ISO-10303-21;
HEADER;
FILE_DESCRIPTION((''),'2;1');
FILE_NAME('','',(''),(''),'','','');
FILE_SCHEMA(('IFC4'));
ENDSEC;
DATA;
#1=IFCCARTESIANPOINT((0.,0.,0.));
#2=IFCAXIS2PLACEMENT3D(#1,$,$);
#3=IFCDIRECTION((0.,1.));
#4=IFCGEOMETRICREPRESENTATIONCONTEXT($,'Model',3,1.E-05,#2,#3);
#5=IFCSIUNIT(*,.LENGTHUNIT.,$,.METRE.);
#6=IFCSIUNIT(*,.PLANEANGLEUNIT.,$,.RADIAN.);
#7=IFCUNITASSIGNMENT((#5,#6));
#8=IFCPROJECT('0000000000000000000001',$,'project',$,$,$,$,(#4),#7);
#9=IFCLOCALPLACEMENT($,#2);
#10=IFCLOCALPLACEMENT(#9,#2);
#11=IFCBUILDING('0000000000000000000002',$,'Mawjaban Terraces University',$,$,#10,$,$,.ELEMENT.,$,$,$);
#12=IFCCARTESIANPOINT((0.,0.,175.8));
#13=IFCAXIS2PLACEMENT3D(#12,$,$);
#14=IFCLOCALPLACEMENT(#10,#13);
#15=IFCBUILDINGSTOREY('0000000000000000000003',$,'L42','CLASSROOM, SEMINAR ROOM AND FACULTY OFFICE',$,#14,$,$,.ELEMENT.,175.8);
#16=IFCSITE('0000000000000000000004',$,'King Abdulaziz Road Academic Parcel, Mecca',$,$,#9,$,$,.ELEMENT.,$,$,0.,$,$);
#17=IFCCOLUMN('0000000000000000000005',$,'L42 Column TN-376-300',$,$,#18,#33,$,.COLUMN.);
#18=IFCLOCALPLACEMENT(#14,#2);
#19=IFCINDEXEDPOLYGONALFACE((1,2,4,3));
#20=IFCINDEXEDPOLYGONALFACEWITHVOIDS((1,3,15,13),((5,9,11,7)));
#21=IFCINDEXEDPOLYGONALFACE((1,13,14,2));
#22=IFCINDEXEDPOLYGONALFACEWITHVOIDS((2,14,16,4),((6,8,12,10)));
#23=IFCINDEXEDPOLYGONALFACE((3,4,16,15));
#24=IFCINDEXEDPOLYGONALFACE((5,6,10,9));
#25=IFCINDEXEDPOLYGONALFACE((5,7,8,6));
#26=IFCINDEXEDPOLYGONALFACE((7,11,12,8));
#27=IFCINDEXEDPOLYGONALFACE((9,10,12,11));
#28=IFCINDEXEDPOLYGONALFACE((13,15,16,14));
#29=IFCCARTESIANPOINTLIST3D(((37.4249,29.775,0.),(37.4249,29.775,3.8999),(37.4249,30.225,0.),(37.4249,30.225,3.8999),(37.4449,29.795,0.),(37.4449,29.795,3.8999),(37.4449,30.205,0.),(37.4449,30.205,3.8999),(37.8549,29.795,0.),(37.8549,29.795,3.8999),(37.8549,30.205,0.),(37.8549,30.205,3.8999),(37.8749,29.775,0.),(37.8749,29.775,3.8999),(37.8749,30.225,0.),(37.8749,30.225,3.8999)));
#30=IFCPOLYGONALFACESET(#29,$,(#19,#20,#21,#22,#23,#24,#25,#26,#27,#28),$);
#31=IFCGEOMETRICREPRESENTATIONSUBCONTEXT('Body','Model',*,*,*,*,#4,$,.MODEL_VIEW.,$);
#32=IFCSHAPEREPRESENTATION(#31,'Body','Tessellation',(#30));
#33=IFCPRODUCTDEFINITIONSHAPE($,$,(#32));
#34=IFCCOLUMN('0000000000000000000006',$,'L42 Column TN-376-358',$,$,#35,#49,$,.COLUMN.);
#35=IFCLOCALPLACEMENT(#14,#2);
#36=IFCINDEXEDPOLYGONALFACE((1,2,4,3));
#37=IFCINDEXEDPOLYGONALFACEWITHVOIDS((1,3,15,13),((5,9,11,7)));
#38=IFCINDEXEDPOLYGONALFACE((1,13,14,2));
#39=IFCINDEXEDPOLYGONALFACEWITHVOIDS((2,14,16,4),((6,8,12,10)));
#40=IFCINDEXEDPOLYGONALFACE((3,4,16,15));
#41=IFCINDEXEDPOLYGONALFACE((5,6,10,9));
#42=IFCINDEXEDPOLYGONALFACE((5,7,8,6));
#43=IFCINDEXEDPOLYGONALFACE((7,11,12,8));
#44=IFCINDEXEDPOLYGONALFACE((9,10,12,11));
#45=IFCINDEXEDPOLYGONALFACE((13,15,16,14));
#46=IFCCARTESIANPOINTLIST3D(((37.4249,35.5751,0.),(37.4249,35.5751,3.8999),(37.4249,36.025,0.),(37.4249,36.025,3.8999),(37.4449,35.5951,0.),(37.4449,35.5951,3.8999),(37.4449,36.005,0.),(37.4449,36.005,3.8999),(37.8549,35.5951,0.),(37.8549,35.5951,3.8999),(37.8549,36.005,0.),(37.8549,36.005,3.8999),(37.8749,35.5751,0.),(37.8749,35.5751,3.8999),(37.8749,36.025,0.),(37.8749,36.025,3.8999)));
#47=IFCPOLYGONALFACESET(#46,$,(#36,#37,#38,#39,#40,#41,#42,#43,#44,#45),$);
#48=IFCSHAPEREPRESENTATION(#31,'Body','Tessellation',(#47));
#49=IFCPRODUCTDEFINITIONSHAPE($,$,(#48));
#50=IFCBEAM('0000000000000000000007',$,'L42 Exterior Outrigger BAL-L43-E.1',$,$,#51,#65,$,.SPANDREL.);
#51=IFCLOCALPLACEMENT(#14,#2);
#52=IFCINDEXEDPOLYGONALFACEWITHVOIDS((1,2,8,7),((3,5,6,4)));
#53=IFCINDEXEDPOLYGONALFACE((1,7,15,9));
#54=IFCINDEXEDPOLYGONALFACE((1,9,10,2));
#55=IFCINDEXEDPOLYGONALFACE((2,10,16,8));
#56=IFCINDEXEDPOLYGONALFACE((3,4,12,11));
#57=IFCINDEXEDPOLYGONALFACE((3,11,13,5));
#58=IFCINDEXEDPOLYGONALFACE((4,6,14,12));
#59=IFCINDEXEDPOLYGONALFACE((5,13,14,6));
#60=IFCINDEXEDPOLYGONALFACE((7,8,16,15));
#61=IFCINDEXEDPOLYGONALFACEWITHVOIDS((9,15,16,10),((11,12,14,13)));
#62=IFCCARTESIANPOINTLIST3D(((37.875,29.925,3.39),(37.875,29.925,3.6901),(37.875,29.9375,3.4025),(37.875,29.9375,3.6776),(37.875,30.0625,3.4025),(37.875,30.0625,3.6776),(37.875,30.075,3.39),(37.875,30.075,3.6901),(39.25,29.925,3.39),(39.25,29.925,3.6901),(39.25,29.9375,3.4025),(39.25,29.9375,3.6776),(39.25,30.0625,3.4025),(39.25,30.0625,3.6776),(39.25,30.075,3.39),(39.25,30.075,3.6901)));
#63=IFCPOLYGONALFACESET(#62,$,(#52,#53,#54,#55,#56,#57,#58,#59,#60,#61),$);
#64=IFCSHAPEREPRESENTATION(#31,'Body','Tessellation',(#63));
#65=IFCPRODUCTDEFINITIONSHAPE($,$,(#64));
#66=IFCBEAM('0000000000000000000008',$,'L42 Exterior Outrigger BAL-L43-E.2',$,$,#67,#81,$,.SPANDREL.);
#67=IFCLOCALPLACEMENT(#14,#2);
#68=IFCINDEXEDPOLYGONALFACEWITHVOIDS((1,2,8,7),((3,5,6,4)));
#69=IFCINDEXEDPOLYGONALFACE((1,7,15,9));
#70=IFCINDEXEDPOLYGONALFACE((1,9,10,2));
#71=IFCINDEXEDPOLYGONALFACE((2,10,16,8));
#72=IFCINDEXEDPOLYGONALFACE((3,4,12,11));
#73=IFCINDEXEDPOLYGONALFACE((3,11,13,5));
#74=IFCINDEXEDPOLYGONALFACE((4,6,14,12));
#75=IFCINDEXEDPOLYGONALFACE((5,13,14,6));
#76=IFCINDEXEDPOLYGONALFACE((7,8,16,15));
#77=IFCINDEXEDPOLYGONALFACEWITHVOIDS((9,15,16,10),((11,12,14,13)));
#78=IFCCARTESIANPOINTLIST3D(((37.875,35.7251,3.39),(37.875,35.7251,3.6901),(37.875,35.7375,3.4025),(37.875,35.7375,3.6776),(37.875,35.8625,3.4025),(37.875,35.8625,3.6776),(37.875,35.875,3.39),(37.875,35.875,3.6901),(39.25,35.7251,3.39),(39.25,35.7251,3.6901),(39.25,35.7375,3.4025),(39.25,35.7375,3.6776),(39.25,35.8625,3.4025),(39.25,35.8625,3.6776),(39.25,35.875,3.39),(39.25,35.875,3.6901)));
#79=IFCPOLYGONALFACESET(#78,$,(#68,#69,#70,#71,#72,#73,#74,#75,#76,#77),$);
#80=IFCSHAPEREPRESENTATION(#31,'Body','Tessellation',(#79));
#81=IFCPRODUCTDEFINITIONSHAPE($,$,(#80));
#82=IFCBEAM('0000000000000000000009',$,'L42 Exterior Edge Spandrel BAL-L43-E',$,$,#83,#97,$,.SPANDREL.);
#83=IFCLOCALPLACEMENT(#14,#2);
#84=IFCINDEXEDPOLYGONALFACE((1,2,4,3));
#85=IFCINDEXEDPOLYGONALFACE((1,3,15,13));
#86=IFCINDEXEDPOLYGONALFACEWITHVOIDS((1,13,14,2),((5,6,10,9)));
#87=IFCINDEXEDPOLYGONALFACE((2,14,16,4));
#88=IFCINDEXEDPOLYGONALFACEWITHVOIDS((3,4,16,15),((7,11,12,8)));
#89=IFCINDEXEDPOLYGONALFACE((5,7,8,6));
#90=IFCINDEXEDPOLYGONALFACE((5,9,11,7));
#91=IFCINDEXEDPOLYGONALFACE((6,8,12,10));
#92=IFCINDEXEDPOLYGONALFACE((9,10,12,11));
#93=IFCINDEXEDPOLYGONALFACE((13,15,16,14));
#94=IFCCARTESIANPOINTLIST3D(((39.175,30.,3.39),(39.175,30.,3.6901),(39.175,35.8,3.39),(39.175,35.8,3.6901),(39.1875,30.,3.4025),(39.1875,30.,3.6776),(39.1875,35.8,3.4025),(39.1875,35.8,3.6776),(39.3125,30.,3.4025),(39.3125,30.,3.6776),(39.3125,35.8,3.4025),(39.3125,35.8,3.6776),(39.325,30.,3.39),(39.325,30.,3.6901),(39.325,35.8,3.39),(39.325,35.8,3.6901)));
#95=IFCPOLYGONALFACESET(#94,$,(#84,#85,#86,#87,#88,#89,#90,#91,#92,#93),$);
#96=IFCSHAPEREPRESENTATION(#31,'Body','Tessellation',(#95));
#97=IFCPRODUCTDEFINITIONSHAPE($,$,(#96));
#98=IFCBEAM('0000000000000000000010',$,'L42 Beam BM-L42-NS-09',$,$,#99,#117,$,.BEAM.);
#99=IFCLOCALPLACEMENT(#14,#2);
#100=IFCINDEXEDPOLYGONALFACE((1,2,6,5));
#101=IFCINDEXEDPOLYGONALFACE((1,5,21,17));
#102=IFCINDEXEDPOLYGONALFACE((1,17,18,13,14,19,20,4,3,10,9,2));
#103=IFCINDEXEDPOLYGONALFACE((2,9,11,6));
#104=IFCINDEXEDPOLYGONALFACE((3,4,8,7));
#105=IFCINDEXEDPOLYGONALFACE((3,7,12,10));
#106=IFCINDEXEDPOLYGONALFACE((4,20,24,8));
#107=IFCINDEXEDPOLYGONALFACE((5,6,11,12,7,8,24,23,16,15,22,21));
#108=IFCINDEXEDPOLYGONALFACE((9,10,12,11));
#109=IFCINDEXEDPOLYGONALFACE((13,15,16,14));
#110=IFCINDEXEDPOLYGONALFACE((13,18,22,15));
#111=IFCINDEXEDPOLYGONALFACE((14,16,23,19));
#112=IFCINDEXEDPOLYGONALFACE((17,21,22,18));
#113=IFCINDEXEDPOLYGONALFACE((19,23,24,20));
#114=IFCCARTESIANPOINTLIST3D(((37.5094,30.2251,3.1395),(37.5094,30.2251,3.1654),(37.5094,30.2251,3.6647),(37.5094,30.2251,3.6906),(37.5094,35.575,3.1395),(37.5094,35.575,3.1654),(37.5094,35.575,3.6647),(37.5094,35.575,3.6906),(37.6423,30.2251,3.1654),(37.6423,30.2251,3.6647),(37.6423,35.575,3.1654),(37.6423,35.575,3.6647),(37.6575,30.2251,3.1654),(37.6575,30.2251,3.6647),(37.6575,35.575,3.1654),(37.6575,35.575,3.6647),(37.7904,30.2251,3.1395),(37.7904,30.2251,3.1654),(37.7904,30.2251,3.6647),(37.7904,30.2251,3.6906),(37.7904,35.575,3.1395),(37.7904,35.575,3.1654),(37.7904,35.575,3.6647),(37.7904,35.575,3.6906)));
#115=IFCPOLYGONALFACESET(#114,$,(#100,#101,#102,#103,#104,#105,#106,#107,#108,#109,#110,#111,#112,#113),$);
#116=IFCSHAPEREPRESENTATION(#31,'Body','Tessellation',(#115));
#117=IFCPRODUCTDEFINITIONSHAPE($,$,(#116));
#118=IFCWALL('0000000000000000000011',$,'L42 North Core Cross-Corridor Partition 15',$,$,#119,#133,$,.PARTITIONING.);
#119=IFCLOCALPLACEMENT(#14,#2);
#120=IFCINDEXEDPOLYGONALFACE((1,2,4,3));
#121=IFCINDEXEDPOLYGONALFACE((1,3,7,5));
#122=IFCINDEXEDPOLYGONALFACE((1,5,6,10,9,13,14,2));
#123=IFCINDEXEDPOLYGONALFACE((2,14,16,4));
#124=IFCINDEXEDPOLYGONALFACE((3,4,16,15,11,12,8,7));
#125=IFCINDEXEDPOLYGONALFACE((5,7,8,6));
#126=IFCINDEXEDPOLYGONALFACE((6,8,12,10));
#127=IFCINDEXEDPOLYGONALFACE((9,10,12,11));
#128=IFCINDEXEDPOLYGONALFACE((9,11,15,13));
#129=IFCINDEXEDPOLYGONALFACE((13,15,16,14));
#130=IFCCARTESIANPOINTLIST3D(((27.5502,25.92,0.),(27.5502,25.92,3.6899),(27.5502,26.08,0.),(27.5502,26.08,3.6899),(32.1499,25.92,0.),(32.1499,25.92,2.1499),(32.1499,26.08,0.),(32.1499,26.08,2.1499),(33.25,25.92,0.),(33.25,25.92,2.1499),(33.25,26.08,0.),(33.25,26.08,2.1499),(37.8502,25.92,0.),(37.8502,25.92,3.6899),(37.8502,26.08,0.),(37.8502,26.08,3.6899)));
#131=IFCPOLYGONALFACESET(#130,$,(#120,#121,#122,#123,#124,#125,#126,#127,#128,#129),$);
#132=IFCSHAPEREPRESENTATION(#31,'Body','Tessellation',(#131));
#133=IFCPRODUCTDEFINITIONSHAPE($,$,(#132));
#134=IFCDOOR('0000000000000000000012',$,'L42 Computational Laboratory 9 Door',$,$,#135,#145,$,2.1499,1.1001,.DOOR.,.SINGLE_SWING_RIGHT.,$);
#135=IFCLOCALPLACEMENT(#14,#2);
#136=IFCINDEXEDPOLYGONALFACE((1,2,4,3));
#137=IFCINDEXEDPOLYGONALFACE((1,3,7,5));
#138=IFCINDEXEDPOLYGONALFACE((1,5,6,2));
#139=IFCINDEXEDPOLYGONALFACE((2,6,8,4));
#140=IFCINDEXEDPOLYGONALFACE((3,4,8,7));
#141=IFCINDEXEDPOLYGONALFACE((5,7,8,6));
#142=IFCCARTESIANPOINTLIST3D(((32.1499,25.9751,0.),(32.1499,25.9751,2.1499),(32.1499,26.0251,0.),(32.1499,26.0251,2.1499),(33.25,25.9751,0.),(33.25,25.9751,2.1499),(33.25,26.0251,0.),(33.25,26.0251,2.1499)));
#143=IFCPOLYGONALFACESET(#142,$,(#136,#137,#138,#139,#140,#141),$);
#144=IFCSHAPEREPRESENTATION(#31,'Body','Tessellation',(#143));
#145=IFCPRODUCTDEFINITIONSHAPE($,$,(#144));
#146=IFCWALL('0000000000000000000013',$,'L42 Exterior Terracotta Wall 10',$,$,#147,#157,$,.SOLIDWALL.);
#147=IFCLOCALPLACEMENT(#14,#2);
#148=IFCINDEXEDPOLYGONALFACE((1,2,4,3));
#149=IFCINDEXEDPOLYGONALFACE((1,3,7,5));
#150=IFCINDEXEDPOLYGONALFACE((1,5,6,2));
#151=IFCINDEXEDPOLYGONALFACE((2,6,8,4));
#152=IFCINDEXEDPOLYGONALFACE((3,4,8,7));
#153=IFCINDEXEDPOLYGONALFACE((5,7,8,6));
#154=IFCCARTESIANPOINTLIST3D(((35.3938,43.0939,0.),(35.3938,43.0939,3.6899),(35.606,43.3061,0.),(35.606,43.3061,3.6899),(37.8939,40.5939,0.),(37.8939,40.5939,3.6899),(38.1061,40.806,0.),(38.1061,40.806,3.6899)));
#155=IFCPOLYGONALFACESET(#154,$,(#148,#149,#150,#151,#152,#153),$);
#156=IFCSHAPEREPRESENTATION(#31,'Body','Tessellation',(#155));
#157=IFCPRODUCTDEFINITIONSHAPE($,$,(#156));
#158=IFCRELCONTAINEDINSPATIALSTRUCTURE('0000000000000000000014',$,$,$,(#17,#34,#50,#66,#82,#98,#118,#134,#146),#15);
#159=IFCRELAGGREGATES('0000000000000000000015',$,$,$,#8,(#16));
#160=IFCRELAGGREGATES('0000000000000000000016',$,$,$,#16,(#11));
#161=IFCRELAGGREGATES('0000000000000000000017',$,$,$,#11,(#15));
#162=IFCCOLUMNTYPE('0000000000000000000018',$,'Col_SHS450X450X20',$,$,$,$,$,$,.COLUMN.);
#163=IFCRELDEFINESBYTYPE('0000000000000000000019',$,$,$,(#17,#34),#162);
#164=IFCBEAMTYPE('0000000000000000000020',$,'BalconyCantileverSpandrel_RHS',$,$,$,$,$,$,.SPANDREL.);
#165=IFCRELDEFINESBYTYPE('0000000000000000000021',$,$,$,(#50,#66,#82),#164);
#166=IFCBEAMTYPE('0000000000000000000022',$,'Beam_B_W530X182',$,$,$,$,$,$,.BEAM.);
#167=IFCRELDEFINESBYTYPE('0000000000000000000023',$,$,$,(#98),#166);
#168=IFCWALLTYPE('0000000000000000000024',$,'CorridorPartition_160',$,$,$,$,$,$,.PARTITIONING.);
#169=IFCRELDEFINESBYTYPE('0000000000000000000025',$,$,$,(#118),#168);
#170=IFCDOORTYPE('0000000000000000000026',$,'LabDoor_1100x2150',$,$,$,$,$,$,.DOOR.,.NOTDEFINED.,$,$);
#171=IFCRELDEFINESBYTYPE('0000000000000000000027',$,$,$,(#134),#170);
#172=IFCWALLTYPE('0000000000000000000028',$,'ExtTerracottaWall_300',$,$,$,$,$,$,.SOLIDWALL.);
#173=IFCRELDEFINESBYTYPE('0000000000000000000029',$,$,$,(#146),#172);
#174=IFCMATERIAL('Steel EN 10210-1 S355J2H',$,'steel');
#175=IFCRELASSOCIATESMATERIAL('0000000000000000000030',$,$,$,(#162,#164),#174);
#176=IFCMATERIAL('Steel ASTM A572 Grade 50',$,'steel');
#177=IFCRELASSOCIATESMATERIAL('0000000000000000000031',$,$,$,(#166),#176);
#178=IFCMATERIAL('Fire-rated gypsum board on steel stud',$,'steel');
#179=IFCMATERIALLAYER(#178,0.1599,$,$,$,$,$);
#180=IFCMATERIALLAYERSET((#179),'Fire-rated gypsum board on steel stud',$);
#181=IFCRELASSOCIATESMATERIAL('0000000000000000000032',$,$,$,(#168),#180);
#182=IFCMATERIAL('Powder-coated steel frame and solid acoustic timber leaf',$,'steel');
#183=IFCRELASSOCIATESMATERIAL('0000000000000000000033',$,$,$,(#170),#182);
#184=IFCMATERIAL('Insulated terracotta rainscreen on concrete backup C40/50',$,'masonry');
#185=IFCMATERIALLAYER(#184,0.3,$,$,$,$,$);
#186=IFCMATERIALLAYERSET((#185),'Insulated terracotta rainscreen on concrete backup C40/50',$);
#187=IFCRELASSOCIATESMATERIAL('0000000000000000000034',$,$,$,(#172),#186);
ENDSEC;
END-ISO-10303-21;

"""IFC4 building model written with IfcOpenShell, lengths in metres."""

from ifc_helpers import new_model, si_unit, direction, frame, frame_2d, origin, origin_2d, place, context, subcontext, project, spatial, rectangle, hollow_rectangle, i_section, extrude, material, layer, layer_set, material_profile, profile_set, type_object, element, fill, save


model = new_model("IFC4")

# Units and contexts
model_context = context("Model", 3, precision=1e-05, world=origin(), true_north=direction((0.0, 1.0)))
body_context = subcontext(model_context, "Body", "Model", "MODEL_VIEW")
ifc_project = project(units=[si_unit("LENGTHUNIT", "METRE"), si_unit("PLANEANGLEUNIT", "RADIAN")], contexts=[model_context])

# Site, building, storey
site_placement = place(None, origin())
site = spatial("IfcSite", under=ifc_project, at=site_placement, Name="King Abdulaziz Road Academic Parcel, Mecca", CompositionType="ELEMENT", RefElevation=0.0)
building_placement = place(site_placement, origin())
building = spatial("IfcBuilding", under=site, at=building_placement, Name="Mawjaban Terraces University", CompositionType="ELEMENT")
storey_placement = place(building_placement, frame((0.0, 0.0, 175.8)))
storey = spatial("IfcBuildingStorey", under=building, at=storey_placement, Name="L42", Description="CLASSROOM, SEMINAR ROOM AND FACULTY OFFICE", CompositionType="ELEMENT", Elevation=175.8)

# Columns
ifc_material_1 = material(Name="Steel EN 10210-1 S355J2H", Category="steel")
ifc_material_profile_1 = material_profile(ifc_material_1, hollow_rectangle(XDim=0.45, YDim=0.45, WallThickness=0.02, at=origin_2d()), Name="SHS450X450X20")
ifc_profile_set_1 = profile_set([ifc_material_profile_1], Name="Steel EN 10210-1 S355J2H")
column_type = type_object("IfcColumnType", Name="Col_SHS450X450X20", PredefinedType="COLUMN", material=ifc_profile_set_1)
for number, where, z_axis, x_axis, name in (
    (1, (37.6499, 30.0, 0.0), (0.0, 0.0, 1.0), (1.0, 0.0, 0.0), "L42 Column TN-376-300"),
    (2, (37.6499, 35.8, 0.0), (0.0, 0.0, 1.0), (1.0, 0.0, 0.0), "L42 Column TN-376-358"),
):
    element("IfcColumn", number, at=place(storey_placement, frame(where, z_axis=z_axis, x_axis=x_axis)), inside=storey, type_object=column_type, Name=name, PredefinedType="COLUMN", context=body_context, shape_type="SweptSolid", body=[
        extrude(hollow_rectangle(XDim=0.45, YDim=0.45, WallThickness=0.02, at=origin_2d()), origin(), (0.0, 0.0, 1.0), 3.8999),
    ])

# Beams
ifc_material_profile_2 = material_profile(ifc_material_1, hollow_rectangle(XDim=0.1499, YDim=0.3, WallThickness=0.0125, at=origin_2d()), Name="RHS300X150X12.5")
ifc_profile_set_2 = profile_set([ifc_material_profile_2], Name="Steel EN 10210-1 S355J2H")
beam_type_1 = type_object("IfcBeamType", Name="BalconyCantileverSpandrel_RHS", PredefinedType="SPANDREL", material=ifc_profile_set_2)
for number, where, z_axis, x_axis, name in (
    (3, (37.875, 30.0, 3.54), (1.0, 0.0, 0.0), (0.0, 1.0, 0.0), "L42 Exterior Outrigger BAL-L43-E.1"),
    (4, (37.875, 35.8, 3.54), (1.0, 0.0, 0.0), (0.0, 1.0, 0.0), "L42 Exterior Outrigger BAL-L43-E.2"),
):
    element("IfcBeam", number, at=place(storey_placement, frame(where, z_axis=z_axis, x_axis=x_axis)), inside=storey, type_object=beam_type_1, Name=name, PredefinedType="SPANDREL", context=body_context, shape_type="SweptSolid", body=[
        extrude(hollow_rectangle(XDim=0.1499, YDim=0.3, WallThickness=0.0125, at=origin_2d()), origin(), (0.0, 0.0, 1.0), 1.375),
    ])
beam_1_placement = place(storey_placement, frame((39.25, 30.0, 3.54), z_axis=(0.0, 1.0, 0.0), x_axis=(-1.0, 0.0, 0.0)))
element("IfcBeam", 5, at=beam_1_placement, inside=storey, type_object=beam_type_1, Name="L42 Exterior Edge Spandrel BAL-L43-E", PredefinedType="SPANDREL", context=body_context, shape_type="SweptSolid", body=[
    extrude(hollow_rectangle(XDim=0.1499, YDim=0.3, WallThickness=0.0125, at=origin_2d()), origin(), (0.0, 0.0, 1.0), 5.8),
])
ifc_material_2 = material(Name="Steel ASTM A572 Grade 50", Category="steel")
ifc_material_profile_3 = material_profile(ifc_material_2, i_section(OverallWidth=0.281, OverallDepth=0.551, WebThickness=0.0151, FlangeThickness=0.0259, at=origin_2d()), Name="W530X182")
ifc_profile_set_3 = profile_set([ifc_material_profile_3], Name="Steel ASTM A572 Grade 50")
beam_type_2 = type_object("IfcBeamType", Name="Beam_B_W530X182", PredefinedType="BEAM", material=ifc_profile_set_3)
beam_2_placement = place(storey_placement, frame((37.6499, 30.2251, 3.415), z_axis=(0.0, 1.0, 0.0), x_axis=(-1.0, 0.0, 0.0)))
element("IfcBeam", 6, at=beam_2_placement, inside=storey, type_object=beam_type_2, Name="L42 Beam BM-L42-NS-09", PredefinedType="BEAM", context=body_context, shape_type="SweptSolid", body=[
    extrude(i_section(OverallWidth=0.281, OverallDepth=0.551, WebThickness=0.0151, FlangeThickness=0.0259, at=origin_2d()), origin(), (0.0, 0.0, 1.0), 5.3499),
])

# Wall, opening, door
ifc_material_3 = material(Name="Fire-rated gypsum board on steel stud", Category="steel")
ifc_layer_1 = layer(ifc_material_3, 0.1599)
ifc_layer_set_1 = layer_set([ifc_layer_1], Name="Fire-rated gypsum board on steel stud")
wall_type_1 = type_object("IfcWallType", Name="CorridorPartition_160", PredefinedType="PARTITIONING", material=ifc_layer_set_1)
wall_1_placement = place(storey_placement, frame((37.8501, 26.0, 0.0), z_axis=(0.0, 0.0, 1.0), x_axis=(-1.0, 0.0, 0.0)))
wall_1 = element("IfcWall", 7, at=wall_1_placement, inside=storey, type_object=wall_type_1, Name="L42 North Core Cross-Corridor Partition 15", PredefinedType="PARTITIONING", context=body_context, shape_type="SweptSolid", body=[
    extrude(rectangle(XDim=10.3, YDim=0.1599, at=frame_2d((5.1499, 0.0))), origin(), (0.0, 0.0, 1.0), 3.6899),
])
opening_1_placement = place(wall_1_placement, frame((4.6001, 0.0, 0.0)))
opening_1 = element("IfcOpeningElement", 8, at=opening_1_placement, cuts=wall_1, PredefinedType="OPENING", context=body_context, shape_type="SweptSolid", body=[
    extrude(rectangle(XDim=1.1001, YDim=2.1499, at=frame_2d((0.55, 1.075))), frame((0.0, 0.0898, 0.0), z_axis=(0.0, -1.0, 0.0), x_axis=(1.0, 0.0, 0.0)), (0.0, 0.0, 1.0), 0.1799),
])
ifc_material_4 = material(Name="Powder-coated steel frame and solid acoustic timber leaf", Category="steel")
door_type = type_object("IfcDoorType", Name="LabDoor_1100x2150", OperationType="NOTDEFINED", PredefinedType="DOOR", material=ifc_material_4)
door_placement = place(opening_1_placement, origin())
door = element("IfcDoor", 9, at=door_placement, inside=storey, type_object=door_type, Name="L42 Computational Laboratory 9 Door", OperationType="SINGLE_SWING_RIGHT", OverallHeight=2.1499, OverallWidth=1.1001, PredefinedType="DOOR", context=body_context, shape_type="SweptSolid", body=[
    extrude(rectangle(XDim=1.1001, YDim=2.1499, at=frame_2d((0.55, 1.075))), frame((0.0, 0.0249, 0.0), z_axis=(0.0, -1.0, 0.0), x_axis=(1.0, 0.0, 0.0)), (0.0, 0.0, 1.0), 0.05),
])
fill(opening_1, door)

# Wall
ifc_material_5 = material(Name="Insulated terracotta rainscreen on concrete backup C40/50", Category="masonry")
ifc_layer_2 = layer(ifc_material_5, 0.3)
ifc_layer_set_2 = layer_set([ifc_layer_2], Name="Insulated terracotta rainscreen on concrete backup C40/50")
wall_type_2 = type_object("IfcWallType", Name="ExtTerracottaWall_300", PredefinedType="SOLIDWALL", material=ifc_layer_set_2)
wall_2_placement = place(storey_placement, frame((38.0, 40.7, 0.0), z_axis=(0.0, 0.0, 1.0), x_axis=(-0.707107, 0.707107, 0.0)))
element("IfcWall", 10, at=wall_2_placement, inside=storey, type_object=wall_type_2, Name="L42 Exterior Terracotta Wall 10", PredefinedType="SOLIDWALL", context=body_context, shape_type="SweptSolid", body=[
    extrude(rectangle(XDim=3.5356, YDim=0.3, at=frame_2d((1.7678, 0.0))), origin(), (0.0, 0.0, 1.0), 3.6899),
])

save(model, "model.ifc")
